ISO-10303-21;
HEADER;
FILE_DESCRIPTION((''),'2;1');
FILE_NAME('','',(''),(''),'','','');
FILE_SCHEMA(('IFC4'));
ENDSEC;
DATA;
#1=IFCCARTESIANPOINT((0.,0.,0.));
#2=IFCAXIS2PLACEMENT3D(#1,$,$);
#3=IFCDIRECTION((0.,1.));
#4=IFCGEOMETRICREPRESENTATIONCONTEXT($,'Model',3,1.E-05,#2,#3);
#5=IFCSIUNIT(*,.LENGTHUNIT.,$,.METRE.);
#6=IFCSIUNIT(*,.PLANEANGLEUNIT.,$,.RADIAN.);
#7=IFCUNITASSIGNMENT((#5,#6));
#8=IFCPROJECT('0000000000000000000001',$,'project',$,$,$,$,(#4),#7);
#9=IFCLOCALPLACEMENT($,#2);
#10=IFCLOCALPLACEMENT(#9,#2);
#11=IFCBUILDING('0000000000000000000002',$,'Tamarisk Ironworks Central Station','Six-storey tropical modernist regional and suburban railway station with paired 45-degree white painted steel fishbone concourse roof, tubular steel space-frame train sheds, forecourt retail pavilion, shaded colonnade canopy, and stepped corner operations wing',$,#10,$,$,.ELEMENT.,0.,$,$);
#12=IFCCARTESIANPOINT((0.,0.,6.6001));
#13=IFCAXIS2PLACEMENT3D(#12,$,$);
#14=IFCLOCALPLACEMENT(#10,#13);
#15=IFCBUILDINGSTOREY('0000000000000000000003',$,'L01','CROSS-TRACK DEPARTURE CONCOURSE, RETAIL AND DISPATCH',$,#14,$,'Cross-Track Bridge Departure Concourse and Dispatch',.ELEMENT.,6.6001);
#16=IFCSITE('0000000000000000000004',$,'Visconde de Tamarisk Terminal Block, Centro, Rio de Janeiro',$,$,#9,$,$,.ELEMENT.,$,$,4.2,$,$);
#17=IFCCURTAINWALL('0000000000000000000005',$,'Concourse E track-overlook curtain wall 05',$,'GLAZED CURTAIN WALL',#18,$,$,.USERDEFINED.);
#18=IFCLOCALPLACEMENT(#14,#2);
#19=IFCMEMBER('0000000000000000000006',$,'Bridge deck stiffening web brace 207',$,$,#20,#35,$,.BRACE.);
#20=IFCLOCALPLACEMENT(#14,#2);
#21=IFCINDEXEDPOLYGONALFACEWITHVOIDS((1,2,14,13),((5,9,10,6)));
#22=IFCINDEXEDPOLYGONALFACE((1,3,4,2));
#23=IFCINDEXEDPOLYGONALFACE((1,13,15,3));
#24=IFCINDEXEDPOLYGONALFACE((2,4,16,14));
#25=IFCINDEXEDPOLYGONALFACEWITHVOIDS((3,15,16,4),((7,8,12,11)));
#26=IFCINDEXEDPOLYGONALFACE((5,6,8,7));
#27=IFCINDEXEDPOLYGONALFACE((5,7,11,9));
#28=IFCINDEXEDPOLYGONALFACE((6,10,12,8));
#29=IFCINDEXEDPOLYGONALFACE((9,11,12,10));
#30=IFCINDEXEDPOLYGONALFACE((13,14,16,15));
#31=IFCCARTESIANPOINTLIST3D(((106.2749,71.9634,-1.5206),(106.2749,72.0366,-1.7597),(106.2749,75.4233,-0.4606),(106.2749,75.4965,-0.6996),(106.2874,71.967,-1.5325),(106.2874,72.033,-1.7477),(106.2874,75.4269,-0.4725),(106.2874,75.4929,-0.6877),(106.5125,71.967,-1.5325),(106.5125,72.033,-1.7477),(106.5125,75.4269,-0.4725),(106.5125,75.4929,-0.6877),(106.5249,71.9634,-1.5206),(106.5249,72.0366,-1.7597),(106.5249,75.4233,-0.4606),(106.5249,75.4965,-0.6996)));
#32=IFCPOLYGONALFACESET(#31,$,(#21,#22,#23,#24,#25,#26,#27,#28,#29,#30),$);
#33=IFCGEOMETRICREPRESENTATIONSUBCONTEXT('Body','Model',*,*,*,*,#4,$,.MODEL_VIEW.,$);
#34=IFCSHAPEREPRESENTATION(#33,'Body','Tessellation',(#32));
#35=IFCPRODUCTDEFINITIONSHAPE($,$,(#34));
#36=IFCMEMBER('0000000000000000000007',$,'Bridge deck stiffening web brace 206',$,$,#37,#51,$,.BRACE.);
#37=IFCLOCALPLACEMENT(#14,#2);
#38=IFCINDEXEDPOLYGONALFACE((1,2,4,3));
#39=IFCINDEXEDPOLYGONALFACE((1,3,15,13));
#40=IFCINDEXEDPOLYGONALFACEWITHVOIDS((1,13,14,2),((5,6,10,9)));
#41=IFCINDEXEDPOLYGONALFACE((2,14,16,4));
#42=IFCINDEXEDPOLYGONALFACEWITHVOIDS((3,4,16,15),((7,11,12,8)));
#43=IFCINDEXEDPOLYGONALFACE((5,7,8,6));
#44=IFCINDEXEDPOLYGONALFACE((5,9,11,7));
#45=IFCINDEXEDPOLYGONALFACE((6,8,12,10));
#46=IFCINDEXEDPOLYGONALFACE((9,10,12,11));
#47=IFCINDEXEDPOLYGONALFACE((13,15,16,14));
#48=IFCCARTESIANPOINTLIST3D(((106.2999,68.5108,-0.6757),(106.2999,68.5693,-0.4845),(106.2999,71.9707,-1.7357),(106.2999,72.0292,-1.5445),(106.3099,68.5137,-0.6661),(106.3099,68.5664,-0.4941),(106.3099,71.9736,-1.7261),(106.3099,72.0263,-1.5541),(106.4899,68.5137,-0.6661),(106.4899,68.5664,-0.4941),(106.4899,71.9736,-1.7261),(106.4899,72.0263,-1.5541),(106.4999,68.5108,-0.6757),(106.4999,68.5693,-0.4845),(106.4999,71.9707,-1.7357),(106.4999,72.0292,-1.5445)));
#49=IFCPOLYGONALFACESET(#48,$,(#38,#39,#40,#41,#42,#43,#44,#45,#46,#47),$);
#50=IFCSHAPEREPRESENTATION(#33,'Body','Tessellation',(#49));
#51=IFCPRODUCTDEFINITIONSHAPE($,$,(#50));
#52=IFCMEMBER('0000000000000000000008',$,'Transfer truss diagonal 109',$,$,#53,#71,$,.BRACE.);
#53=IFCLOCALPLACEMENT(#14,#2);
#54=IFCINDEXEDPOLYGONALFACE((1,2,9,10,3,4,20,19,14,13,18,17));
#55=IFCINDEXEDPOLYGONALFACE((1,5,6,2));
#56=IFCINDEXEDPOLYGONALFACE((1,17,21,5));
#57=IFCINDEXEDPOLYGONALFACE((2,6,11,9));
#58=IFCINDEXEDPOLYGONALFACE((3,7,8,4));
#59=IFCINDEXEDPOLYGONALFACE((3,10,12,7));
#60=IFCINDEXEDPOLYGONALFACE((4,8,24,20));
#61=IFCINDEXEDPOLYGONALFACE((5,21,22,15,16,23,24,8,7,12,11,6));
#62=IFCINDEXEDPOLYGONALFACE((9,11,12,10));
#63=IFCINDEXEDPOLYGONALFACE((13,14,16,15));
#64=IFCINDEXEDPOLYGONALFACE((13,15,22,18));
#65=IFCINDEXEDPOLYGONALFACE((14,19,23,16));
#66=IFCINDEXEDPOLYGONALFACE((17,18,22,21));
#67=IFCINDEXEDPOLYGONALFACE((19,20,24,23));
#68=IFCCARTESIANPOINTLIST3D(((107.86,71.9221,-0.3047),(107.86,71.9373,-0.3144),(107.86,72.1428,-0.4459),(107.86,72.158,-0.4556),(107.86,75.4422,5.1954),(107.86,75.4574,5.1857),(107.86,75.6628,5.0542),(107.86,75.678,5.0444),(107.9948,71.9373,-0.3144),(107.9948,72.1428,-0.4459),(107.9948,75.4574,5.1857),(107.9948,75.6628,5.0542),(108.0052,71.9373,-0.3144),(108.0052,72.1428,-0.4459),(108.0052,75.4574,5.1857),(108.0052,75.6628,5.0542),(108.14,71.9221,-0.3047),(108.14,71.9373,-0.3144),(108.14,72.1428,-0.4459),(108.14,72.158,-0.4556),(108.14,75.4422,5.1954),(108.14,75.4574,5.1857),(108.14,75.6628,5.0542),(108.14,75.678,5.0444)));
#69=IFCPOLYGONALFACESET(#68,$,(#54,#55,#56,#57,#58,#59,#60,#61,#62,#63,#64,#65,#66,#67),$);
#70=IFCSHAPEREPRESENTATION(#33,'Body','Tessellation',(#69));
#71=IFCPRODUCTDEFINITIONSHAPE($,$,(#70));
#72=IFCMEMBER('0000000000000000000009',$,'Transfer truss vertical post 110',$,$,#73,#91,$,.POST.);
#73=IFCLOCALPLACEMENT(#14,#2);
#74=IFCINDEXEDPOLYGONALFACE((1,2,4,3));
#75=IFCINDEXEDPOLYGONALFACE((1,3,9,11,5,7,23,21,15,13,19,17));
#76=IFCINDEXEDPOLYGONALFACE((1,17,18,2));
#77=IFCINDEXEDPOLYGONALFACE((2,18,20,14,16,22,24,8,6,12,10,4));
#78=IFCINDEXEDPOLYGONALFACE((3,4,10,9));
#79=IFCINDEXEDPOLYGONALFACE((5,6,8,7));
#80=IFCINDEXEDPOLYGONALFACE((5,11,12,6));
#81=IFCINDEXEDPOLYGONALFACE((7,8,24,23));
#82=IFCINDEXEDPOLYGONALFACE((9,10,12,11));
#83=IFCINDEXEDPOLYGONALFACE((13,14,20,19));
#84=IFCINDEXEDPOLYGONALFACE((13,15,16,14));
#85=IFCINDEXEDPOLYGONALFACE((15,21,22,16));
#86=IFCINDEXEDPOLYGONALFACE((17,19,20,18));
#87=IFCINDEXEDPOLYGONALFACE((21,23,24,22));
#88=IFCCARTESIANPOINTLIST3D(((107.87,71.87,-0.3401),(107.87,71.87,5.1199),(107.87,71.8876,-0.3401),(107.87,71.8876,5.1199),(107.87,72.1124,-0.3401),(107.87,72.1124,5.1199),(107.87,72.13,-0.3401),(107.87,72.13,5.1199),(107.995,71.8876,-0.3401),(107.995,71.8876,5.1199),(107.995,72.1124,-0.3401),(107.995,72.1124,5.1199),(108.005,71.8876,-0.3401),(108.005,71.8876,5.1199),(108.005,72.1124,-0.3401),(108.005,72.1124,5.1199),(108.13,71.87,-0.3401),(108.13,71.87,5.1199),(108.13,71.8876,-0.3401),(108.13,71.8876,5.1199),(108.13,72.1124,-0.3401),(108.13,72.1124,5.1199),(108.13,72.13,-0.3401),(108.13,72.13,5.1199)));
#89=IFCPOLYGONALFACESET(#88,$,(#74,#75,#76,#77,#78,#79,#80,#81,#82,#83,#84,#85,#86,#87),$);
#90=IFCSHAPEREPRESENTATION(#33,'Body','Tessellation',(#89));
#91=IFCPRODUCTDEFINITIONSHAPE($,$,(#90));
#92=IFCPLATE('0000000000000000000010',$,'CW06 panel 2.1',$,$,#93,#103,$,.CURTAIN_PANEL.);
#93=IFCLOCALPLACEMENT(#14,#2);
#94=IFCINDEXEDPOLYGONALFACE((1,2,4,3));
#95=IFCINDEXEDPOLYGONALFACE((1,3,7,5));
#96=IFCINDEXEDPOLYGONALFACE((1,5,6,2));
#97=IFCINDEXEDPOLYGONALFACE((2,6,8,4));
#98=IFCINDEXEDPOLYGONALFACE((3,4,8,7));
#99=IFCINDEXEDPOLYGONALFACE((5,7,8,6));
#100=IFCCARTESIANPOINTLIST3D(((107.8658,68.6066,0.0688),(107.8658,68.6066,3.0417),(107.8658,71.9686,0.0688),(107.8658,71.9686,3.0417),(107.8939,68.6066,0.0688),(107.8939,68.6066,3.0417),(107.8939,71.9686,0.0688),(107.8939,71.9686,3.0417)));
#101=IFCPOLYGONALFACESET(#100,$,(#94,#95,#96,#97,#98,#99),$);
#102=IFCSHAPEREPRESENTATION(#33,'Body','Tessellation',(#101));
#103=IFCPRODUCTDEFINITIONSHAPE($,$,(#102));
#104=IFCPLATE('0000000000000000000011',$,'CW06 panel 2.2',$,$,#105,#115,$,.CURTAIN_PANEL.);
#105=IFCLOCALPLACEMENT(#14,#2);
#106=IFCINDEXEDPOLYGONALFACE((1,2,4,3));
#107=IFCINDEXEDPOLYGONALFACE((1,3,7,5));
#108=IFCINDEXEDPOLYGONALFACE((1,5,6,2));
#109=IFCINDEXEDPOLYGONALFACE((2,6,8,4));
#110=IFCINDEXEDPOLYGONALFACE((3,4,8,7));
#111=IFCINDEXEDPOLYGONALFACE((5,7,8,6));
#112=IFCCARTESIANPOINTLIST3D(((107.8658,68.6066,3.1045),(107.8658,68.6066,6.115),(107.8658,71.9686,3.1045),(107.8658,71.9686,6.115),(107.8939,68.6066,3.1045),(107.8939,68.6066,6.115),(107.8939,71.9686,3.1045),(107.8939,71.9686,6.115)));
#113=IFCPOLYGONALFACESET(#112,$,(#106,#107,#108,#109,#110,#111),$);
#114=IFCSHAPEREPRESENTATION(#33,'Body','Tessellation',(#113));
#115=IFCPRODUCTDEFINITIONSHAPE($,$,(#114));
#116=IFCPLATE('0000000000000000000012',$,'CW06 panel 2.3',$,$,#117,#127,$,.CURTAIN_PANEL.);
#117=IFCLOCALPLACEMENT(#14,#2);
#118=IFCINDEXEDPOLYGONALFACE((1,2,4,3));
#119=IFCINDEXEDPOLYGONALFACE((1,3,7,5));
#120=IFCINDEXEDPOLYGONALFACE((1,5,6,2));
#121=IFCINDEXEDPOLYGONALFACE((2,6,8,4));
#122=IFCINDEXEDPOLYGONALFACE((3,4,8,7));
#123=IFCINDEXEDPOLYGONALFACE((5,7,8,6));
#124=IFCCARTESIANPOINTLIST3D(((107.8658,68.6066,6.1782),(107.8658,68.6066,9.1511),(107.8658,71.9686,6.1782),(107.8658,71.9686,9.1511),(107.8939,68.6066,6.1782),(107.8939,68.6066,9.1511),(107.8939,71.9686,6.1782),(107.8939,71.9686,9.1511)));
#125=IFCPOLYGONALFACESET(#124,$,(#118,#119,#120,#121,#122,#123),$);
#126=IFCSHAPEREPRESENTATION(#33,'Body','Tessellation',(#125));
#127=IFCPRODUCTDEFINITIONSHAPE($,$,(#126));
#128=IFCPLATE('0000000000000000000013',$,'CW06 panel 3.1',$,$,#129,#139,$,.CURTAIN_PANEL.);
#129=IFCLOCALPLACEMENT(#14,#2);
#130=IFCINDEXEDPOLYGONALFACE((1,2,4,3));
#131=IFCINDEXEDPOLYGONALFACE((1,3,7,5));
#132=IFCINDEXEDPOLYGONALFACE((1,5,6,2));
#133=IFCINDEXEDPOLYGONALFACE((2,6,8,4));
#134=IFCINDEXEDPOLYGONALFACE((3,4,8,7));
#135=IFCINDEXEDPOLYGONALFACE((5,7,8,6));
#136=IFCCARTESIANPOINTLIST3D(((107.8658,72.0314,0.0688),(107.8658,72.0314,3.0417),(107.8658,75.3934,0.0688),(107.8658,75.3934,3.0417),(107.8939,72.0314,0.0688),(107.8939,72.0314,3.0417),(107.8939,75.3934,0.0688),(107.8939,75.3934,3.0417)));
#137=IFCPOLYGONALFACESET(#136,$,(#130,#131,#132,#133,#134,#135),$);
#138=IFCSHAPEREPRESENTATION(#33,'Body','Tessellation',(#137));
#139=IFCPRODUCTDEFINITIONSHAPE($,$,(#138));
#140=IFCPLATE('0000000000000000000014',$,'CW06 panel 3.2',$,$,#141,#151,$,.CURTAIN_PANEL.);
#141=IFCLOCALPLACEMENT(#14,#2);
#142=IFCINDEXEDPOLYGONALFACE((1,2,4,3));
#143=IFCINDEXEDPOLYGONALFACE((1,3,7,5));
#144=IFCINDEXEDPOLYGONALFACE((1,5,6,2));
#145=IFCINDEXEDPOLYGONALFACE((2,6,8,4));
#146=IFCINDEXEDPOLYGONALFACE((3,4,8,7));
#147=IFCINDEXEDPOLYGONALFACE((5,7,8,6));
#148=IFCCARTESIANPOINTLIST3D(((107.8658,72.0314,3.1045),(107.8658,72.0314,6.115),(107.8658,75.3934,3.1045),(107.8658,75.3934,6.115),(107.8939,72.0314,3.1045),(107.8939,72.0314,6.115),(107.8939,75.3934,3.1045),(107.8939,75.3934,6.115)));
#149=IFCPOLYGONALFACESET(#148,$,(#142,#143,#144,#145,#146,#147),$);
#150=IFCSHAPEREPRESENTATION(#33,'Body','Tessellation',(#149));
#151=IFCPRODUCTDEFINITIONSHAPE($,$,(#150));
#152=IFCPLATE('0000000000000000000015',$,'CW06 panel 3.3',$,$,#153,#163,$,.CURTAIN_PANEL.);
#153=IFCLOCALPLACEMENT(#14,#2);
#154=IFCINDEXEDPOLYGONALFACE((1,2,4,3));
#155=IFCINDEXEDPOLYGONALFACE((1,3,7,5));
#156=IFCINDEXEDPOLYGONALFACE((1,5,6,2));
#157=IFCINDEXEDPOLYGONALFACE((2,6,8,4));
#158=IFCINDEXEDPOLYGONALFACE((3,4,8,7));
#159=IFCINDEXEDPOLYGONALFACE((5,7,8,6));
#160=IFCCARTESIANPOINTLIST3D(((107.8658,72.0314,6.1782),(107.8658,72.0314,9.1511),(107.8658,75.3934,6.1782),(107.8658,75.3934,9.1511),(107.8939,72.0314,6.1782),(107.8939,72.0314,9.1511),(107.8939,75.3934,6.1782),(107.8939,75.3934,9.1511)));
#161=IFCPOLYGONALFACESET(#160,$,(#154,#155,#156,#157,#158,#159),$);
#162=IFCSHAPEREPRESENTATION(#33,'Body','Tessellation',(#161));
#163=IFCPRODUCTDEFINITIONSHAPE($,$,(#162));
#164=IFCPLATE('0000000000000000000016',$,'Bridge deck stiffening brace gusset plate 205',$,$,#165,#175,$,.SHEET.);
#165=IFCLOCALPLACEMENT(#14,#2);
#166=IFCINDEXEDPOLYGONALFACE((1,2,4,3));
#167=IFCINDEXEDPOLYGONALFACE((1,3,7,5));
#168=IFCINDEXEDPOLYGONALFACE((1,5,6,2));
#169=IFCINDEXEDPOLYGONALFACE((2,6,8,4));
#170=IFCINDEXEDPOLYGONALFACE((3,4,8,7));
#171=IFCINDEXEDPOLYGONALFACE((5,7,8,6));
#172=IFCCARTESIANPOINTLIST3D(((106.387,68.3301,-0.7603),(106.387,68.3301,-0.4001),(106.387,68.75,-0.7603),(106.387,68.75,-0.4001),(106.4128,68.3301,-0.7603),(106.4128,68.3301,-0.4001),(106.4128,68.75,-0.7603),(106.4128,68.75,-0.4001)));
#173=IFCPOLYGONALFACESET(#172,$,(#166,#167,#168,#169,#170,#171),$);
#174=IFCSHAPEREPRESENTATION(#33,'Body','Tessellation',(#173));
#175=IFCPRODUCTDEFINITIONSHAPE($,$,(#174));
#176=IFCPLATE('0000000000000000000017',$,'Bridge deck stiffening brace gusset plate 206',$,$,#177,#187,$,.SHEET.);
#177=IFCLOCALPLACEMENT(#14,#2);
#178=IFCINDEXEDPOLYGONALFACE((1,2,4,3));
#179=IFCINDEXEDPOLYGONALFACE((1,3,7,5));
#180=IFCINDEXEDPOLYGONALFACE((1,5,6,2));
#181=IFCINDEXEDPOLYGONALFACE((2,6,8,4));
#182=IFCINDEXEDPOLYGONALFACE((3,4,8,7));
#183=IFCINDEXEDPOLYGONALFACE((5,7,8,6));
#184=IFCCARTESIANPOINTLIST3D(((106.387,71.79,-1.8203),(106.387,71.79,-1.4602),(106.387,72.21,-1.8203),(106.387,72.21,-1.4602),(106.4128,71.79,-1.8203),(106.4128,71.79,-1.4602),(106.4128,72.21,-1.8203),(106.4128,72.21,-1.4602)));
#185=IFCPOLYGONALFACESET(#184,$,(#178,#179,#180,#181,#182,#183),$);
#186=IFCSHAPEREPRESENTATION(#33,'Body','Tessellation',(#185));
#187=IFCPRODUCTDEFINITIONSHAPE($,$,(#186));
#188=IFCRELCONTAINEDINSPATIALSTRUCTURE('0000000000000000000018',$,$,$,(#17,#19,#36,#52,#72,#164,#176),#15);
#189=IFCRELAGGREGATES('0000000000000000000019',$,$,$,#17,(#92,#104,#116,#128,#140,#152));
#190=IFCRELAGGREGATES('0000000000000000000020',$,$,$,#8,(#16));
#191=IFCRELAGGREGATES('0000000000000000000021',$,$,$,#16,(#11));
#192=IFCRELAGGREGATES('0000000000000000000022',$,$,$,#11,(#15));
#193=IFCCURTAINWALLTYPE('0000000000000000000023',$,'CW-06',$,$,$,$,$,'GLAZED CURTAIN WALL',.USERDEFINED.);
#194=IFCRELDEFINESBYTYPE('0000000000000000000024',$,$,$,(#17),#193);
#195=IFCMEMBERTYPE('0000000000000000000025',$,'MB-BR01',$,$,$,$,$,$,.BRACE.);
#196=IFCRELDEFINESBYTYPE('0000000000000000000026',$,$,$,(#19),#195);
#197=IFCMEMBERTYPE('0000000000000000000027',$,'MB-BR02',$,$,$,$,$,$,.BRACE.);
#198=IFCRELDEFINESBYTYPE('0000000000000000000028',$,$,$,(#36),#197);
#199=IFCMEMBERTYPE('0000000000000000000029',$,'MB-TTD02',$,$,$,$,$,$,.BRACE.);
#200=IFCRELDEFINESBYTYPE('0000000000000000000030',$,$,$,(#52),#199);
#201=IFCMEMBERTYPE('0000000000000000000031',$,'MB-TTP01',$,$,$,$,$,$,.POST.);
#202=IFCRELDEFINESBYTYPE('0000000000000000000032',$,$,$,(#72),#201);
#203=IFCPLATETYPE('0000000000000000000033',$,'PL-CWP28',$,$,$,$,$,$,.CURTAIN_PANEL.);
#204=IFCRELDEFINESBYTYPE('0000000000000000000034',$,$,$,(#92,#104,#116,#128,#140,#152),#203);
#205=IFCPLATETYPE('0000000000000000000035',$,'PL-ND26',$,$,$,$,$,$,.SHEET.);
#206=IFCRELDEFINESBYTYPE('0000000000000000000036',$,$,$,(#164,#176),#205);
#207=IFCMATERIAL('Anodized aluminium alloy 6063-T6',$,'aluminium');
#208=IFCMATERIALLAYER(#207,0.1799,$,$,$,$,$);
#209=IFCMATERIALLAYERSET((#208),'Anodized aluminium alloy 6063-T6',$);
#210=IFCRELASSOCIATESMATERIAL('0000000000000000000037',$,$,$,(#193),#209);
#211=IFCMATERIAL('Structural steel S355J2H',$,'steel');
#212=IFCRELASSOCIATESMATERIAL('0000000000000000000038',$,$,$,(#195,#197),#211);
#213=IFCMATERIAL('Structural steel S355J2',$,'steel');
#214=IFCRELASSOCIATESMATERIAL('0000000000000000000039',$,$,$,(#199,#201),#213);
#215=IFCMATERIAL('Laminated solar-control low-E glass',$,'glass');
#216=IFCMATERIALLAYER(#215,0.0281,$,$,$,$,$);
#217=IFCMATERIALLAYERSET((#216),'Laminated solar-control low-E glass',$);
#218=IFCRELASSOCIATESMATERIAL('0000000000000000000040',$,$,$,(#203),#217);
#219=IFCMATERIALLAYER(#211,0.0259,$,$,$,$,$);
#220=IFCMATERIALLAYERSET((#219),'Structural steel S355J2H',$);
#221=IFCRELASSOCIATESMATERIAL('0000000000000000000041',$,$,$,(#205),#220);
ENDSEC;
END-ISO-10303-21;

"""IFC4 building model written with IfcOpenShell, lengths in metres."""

from ifc_helpers import new_model, si_unit, direction, frame, origin, origin_2d, place, context, subcontext, project, spatial, rectangle, hollow_rectangle, i_section, extrude, material, layer, layer_set, material_profile, profile_set, type_object, element, aggregate, save


model = new_model("IFC4")

# Units and contexts
model_context = context("Model", 3, precision=1e-05, world=origin(), true_north=direction((0.0, 1.0)))
body_context = subcontext(model_context, "Body", "Model", "MODEL_VIEW")
ifc_project = project(units=[si_unit("LENGTHUNIT", "METRE"), si_unit("PLANEANGLEUNIT", "RADIAN")], contexts=[model_context])

# Site, building, storey
site_placement = place(None, origin())
site = spatial("IfcSite", under=ifc_project, at=site_placement, Name="Visconde de Tamarisk Terminal Block, Centro, Rio de Janeiro", CompositionType="ELEMENT", RefElevation=4.2)
building_placement = place(site_placement, origin())
building = spatial("IfcBuilding", under=site, at=building_placement, Name="Tamarisk Ironworks Central Station", Description="Six-storey tropical modernist regional and suburban railway station with paired 45-degree white painted steel fishbone concourse roof, tubular steel space-frame train sheds, forecourt retail pavilion, shaded colonnade canopy, and stepped corner operations wing", CompositionType="ELEMENT", ElevationOfRefHeight=0.0)
storey_placement = place(building_placement, frame((0.0, 0.0, 6.6001)))
storey = spatial("IfcBuildingStorey", under=building, at=storey_placement, Name="L01", Description="CROSS-TRACK DEPARTURE CONCOURSE, RETAIL AND DISPATCH", LongName="Cross-Track Bridge Departure Concourse and Dispatch", CompositionType="ELEMENT", Elevation=6.6001)

# Curtain wall
ifc_material_1 = material(Name="Anodized aluminium alloy 6063-T6", Category="aluminium")
ifc_layer_1 = layer(ifc_material_1, 0.1799)
ifc_layer_set_1 = layer_set([ifc_layer_1], Name="Anodized aluminium alloy 6063-T6")
curtain_wall_type = type_object("IfcCurtainWallType", Name="CW-06", ElementType="GLAZED CURTAIN WALL", PredefinedType="USERDEFINED", material=ifc_layer_set_1)
curtain_wall_placement = place(storey_placement, origin())
curtain_wall = element("IfcCurtainWall", 1, at=curtain_wall_placement, inside=storey, type_object=curtain_wall_type, Name="Concourse E track-overlook curtain wall 05", ObjectType="GLAZED CURTAIN WALL", PredefinedType="USERDEFINED")

# Members
ifc_material_2 = material(Name="Structural steel S355J2H", Category="steel")
ifc_material_profile_1 = material_profile(ifc_material_2, hollow_rectangle(XDim=0.25, YDim=0.25, WallThickness=0.0125, at=origin_2d()), Name="SHS 250x250x12.5")
ifc_profile_set_1 = profile_set([ifc_material_profile_1], Name="Structural steel S355J2H")
member_type_1 = type_object("IfcMemberType", Name="MB-BR01", PredefinedType="BRACE", material=ifc_profile_set_1)
member_1_placement = place(storey_placement, frame((106.3999, 72.0, -1.6401), z_axis=(0.0, 0.956131, 0.292938), x_axis=(-1.0, 0.0, 0.0)))
element("IfcMember", 2, at=member_1_placement, inside=storey, type_object=member_type_1, Name="Bridge deck stiffening web brace 207", PredefinedType="BRACE", context=body_context, shape_type="SweptSolid", body=[
    extrude(hollow_rectangle(XDim=0.25, YDim=0.25, WallThickness=0.0125, at=origin_2d()), origin(), (0.0, 0.0, 1.0), 3.6187),
])
ifc_material_profile_2 = material_profile(ifc_material_2, hollow_rectangle(XDim=0.2, YDim=0.2, WallThickness=0.01, at=origin_2d()), Name="SHS 200x200x10")
ifc_profile_set_2 = profile_set([ifc_material_profile_2], Name="Structural steel S355J2H")
member_type_2 = type_object("IfcMemberType", Name="MB-BR02", PredefinedType="BRACE", material=ifc_profile_set_2)
member_2_placement = place(storey_placement, frame((106.3999, 68.54, -0.5801), z_axis=(0.0, 0.956131, -0.292938), x_axis=(-1.0, 0.0, 0.0)))
element("IfcMember", 3, at=member_2_placement, inside=storey, type_object=member_type_2, Name="Bridge deck stiffening web brace 206", PredefinedType="BRACE", context=body_context, shape_type="SweptSolid", body=[
    extrude(hollow_rectangle(XDim=0.2, YDim=0.2, WallThickness=0.01, at=origin_2d()), origin(), (0.0, 0.0, 1.0), 3.6187),
])
ifc_material_3 = material(Name="Structural steel S355J2", Category="steel")
ifc_material_profile_3 = material_profile(ifc_material_3, i_section(OverallWidth=0.28, OverallDepth=0.28, WebThickness=0.0105, FlangeThickness=0.0181, at=origin_2d()), Name="HEB 280")
ifc_profile_set_3 = profile_set([ifc_material_profile_3], Name="Structural steel S355J2")
member_type_3 = type_object("IfcMemberType", Name="MB-TTD02", PredefinedType="BRACE", material=ifc_profile_set_3)
member_3_placement = place(storey_placement, frame((108.0, 72.04, -0.3801), z_axis=(0.0, 0.539056, 0.84227), x_axis=(-1.0, 0.0, 0.0)))
element("IfcMember", 4, at=member_3_placement, inside=storey, type_object=member_type_3, Name="Transfer truss diagonal 109", PredefinedType="BRACE", context=body_context, shape_type="SweptSolid", body=[
    extrude(i_section(OverallWidth=0.28, OverallDepth=0.28, WebThickness=0.0105, FlangeThickness=0.0181, at=origin_2d()), origin(), (0.0, 0.0, 1.0), 6.53),
])
ifc_material_profile_4 = material_profile(ifc_material_3, i_section(OverallWidth=0.26, OverallDepth=0.26, WebThickness=0.01, FlangeThickness=0.0176, at=origin_2d()), Name="HEB 260")
ifc_profile_set_4 = profile_set([ifc_material_profile_4], Name="Structural steel S355J2")
member_type_4 = type_object("IfcMemberType", Name="MB-TTP01", PredefinedType="POST", material=ifc_profile_set_4)
member_4_placement = place(storey_placement, frame((108.0, 72.0, -0.3401), z_axis=(0.0, 0.0, 1.0), x_axis=(1.0, 0.0, 0.0)))
element("IfcMember", 5, at=member_4_placement, inside=storey, type_object=member_type_4, Name="Transfer truss vertical post 110", PredefinedType="POST", context=body_context, shape_type="SweptSolid", body=[
    extrude(i_section(OverallWidth=0.26, OverallDepth=0.26, WebThickness=0.01, FlangeThickness=0.0176, at=origin_2d()), origin(), (0.0, 0.0, 1.0), 5.46),
])

# Plates
ifc_material_4 = material(Name="Laminated solar-control low-E glass", Category="glass")
ifc_layer_2 = layer(ifc_material_4, 0.0281)
ifc_layer_set_2 = layer_set([ifc_layer_2], Name="Laminated solar-control low-E glass")
plate_type_1 = type_object("IfcPlateType", Name="PL-CWP28", PredefinedType="CURTAIN_PANEL", material=ifc_layer_set_2)
plate_1_placement = place(storey_placement, frame((107.8799, 70.2876, 0.0688), z_axis=(0.0, 0.0, 1.0), x_axis=(0.0, 1.0, 0.0)))
plate_1 = element("IfcPlate", 6, at=plate_1_placement, type_object=plate_type_1, Name="CW06 panel 2.1", PredefinedType="CURTAIN_PANEL", context=body_context, shape_type="SweptSolid", body=[
    extrude(rectangle(XDim=3.3621, YDim=0.0281, at=origin_2d()), origin(), (0.0, 0.0, 1.0), 2.9729),
])
plate_2_placement = place(storey_placement, frame((107.8799, 70.2876, 3.1045), z_axis=(0.0, 0.0, 1.0), x_axis=(0.0, 1.0, 0.0)))
plate_2 = element("IfcPlate", 7, at=plate_2_placement, type_object=plate_type_1, Name="CW06 panel 2.2", PredefinedType="CURTAIN_PANEL", context=body_context, shape_type="SweptSolid", body=[
    extrude(rectangle(XDim=3.3621, YDim=0.0281, at=origin_2d()), origin(), (0.0, 0.0, 1.0), 3.0105),
])
plate_3_placement = place(storey_placement, frame((107.8799, 70.2876, 6.1782), z_axis=(0.0, 0.0, 1.0), x_axis=(0.0, 1.0, 0.0)))
plate_3 = element("IfcPlate", 8, at=plate_3_placement, type_object=plate_type_1, Name="CW06 panel 2.3", PredefinedType="CURTAIN_PANEL", context=body_context, shape_type="SweptSolid", body=[
    extrude(rectangle(XDim=3.3621, YDim=0.0281, at=origin_2d()), origin(), (0.0, 0.0, 1.0), 2.9729),
])
plate_4_placement = place(storey_placement, frame((107.8799, 73.7124, 0.0688), z_axis=(0.0, 0.0, 1.0), x_axis=(0.0, 1.0, 0.0)))
plate_4 = element("IfcPlate", 9, at=plate_4_placement, type_object=plate_type_1, Name="CW06 panel 3.1", PredefinedType="CURTAIN_PANEL", context=body_context, shape_type="SweptSolid", body=[
    extrude(rectangle(XDim=3.3621, YDim=0.0281, at=origin_2d()), origin(), (0.0, 0.0, 1.0), 2.9729),
])
plate_5_placement = place(storey_placement, frame((107.8799, 73.7124, 3.1045), z_axis=(0.0, 0.0, 1.0), x_axis=(0.0, 1.0, 0.0)))
plate_5 = element("IfcPlate", 10, at=plate_5_placement, type_object=plate_type_1, Name="CW06 panel 3.2", PredefinedType="CURTAIN_PANEL", context=body_context, shape_type="SweptSolid", body=[
    extrude(rectangle(XDim=3.3621, YDim=0.0281, at=origin_2d()), origin(), (0.0, 0.0, 1.0), 3.0105),
])
plate_6_placement = place(storey_placement, frame((107.8799, 73.7124, 6.1782), z_axis=(0.0, 0.0, 1.0), x_axis=(0.0, 1.0, 0.0)))
plate_6 = element("IfcPlate", 11, at=plate_6_placement, type_object=plate_type_1, Name="CW06 panel 3.3", PredefinedType="CURTAIN_PANEL", context=body_context, shape_type="SweptSolid", body=[
    extrude(rectangle(XDim=3.3621, YDim=0.0281, at=origin_2d()), origin(), (0.0, 0.0, 1.0), 2.9729),
])
aggregate(curtain_wall, [plate_1, plate_2, plate_3, plate_4, plate_5, plate_6])

# Plates
ifc_layer_3 = layer(ifc_material_2, 0.0259)
ifc_layer_set_3 = layer_set([ifc_layer_3], Name="Structural steel S355J2H")
plate_type_2 = type_object("IfcPlateType", Name="PL-ND26", PredefinedType="SHEET", material=ifc_layer_set_3)
for number, where, z_axis, x_axis, name in (
    (12, (106.3999, 68.54, -0.7603), (0.0, 0.0, 1.0), (1.0, 0.0, 0.0), "Bridge deck stiffening brace gusset plate 205"),
    (13, (106.3999, 72.0, -1.8203), (0.0, 0.0, 1.0), (1.0, 0.0, 0.0), "Bridge deck stiffening brace gusset plate 206"),
):
    element("IfcPlate", number, at=place(storey_placement, frame(where, z_axis=z_axis, x_axis=x_axis)), inside=storey, type_object=plate_type_2, Name=name, PredefinedType="SHEET", context=body_context, shape_type="SweptSolid", body=[
        extrude(rectangle(XDim=0.0259, YDim=0.4199, at=origin_2d()), origin(), (0.0, 0.0, 1.0), 0.3601),
    ])

save(model, "model.ifc")
